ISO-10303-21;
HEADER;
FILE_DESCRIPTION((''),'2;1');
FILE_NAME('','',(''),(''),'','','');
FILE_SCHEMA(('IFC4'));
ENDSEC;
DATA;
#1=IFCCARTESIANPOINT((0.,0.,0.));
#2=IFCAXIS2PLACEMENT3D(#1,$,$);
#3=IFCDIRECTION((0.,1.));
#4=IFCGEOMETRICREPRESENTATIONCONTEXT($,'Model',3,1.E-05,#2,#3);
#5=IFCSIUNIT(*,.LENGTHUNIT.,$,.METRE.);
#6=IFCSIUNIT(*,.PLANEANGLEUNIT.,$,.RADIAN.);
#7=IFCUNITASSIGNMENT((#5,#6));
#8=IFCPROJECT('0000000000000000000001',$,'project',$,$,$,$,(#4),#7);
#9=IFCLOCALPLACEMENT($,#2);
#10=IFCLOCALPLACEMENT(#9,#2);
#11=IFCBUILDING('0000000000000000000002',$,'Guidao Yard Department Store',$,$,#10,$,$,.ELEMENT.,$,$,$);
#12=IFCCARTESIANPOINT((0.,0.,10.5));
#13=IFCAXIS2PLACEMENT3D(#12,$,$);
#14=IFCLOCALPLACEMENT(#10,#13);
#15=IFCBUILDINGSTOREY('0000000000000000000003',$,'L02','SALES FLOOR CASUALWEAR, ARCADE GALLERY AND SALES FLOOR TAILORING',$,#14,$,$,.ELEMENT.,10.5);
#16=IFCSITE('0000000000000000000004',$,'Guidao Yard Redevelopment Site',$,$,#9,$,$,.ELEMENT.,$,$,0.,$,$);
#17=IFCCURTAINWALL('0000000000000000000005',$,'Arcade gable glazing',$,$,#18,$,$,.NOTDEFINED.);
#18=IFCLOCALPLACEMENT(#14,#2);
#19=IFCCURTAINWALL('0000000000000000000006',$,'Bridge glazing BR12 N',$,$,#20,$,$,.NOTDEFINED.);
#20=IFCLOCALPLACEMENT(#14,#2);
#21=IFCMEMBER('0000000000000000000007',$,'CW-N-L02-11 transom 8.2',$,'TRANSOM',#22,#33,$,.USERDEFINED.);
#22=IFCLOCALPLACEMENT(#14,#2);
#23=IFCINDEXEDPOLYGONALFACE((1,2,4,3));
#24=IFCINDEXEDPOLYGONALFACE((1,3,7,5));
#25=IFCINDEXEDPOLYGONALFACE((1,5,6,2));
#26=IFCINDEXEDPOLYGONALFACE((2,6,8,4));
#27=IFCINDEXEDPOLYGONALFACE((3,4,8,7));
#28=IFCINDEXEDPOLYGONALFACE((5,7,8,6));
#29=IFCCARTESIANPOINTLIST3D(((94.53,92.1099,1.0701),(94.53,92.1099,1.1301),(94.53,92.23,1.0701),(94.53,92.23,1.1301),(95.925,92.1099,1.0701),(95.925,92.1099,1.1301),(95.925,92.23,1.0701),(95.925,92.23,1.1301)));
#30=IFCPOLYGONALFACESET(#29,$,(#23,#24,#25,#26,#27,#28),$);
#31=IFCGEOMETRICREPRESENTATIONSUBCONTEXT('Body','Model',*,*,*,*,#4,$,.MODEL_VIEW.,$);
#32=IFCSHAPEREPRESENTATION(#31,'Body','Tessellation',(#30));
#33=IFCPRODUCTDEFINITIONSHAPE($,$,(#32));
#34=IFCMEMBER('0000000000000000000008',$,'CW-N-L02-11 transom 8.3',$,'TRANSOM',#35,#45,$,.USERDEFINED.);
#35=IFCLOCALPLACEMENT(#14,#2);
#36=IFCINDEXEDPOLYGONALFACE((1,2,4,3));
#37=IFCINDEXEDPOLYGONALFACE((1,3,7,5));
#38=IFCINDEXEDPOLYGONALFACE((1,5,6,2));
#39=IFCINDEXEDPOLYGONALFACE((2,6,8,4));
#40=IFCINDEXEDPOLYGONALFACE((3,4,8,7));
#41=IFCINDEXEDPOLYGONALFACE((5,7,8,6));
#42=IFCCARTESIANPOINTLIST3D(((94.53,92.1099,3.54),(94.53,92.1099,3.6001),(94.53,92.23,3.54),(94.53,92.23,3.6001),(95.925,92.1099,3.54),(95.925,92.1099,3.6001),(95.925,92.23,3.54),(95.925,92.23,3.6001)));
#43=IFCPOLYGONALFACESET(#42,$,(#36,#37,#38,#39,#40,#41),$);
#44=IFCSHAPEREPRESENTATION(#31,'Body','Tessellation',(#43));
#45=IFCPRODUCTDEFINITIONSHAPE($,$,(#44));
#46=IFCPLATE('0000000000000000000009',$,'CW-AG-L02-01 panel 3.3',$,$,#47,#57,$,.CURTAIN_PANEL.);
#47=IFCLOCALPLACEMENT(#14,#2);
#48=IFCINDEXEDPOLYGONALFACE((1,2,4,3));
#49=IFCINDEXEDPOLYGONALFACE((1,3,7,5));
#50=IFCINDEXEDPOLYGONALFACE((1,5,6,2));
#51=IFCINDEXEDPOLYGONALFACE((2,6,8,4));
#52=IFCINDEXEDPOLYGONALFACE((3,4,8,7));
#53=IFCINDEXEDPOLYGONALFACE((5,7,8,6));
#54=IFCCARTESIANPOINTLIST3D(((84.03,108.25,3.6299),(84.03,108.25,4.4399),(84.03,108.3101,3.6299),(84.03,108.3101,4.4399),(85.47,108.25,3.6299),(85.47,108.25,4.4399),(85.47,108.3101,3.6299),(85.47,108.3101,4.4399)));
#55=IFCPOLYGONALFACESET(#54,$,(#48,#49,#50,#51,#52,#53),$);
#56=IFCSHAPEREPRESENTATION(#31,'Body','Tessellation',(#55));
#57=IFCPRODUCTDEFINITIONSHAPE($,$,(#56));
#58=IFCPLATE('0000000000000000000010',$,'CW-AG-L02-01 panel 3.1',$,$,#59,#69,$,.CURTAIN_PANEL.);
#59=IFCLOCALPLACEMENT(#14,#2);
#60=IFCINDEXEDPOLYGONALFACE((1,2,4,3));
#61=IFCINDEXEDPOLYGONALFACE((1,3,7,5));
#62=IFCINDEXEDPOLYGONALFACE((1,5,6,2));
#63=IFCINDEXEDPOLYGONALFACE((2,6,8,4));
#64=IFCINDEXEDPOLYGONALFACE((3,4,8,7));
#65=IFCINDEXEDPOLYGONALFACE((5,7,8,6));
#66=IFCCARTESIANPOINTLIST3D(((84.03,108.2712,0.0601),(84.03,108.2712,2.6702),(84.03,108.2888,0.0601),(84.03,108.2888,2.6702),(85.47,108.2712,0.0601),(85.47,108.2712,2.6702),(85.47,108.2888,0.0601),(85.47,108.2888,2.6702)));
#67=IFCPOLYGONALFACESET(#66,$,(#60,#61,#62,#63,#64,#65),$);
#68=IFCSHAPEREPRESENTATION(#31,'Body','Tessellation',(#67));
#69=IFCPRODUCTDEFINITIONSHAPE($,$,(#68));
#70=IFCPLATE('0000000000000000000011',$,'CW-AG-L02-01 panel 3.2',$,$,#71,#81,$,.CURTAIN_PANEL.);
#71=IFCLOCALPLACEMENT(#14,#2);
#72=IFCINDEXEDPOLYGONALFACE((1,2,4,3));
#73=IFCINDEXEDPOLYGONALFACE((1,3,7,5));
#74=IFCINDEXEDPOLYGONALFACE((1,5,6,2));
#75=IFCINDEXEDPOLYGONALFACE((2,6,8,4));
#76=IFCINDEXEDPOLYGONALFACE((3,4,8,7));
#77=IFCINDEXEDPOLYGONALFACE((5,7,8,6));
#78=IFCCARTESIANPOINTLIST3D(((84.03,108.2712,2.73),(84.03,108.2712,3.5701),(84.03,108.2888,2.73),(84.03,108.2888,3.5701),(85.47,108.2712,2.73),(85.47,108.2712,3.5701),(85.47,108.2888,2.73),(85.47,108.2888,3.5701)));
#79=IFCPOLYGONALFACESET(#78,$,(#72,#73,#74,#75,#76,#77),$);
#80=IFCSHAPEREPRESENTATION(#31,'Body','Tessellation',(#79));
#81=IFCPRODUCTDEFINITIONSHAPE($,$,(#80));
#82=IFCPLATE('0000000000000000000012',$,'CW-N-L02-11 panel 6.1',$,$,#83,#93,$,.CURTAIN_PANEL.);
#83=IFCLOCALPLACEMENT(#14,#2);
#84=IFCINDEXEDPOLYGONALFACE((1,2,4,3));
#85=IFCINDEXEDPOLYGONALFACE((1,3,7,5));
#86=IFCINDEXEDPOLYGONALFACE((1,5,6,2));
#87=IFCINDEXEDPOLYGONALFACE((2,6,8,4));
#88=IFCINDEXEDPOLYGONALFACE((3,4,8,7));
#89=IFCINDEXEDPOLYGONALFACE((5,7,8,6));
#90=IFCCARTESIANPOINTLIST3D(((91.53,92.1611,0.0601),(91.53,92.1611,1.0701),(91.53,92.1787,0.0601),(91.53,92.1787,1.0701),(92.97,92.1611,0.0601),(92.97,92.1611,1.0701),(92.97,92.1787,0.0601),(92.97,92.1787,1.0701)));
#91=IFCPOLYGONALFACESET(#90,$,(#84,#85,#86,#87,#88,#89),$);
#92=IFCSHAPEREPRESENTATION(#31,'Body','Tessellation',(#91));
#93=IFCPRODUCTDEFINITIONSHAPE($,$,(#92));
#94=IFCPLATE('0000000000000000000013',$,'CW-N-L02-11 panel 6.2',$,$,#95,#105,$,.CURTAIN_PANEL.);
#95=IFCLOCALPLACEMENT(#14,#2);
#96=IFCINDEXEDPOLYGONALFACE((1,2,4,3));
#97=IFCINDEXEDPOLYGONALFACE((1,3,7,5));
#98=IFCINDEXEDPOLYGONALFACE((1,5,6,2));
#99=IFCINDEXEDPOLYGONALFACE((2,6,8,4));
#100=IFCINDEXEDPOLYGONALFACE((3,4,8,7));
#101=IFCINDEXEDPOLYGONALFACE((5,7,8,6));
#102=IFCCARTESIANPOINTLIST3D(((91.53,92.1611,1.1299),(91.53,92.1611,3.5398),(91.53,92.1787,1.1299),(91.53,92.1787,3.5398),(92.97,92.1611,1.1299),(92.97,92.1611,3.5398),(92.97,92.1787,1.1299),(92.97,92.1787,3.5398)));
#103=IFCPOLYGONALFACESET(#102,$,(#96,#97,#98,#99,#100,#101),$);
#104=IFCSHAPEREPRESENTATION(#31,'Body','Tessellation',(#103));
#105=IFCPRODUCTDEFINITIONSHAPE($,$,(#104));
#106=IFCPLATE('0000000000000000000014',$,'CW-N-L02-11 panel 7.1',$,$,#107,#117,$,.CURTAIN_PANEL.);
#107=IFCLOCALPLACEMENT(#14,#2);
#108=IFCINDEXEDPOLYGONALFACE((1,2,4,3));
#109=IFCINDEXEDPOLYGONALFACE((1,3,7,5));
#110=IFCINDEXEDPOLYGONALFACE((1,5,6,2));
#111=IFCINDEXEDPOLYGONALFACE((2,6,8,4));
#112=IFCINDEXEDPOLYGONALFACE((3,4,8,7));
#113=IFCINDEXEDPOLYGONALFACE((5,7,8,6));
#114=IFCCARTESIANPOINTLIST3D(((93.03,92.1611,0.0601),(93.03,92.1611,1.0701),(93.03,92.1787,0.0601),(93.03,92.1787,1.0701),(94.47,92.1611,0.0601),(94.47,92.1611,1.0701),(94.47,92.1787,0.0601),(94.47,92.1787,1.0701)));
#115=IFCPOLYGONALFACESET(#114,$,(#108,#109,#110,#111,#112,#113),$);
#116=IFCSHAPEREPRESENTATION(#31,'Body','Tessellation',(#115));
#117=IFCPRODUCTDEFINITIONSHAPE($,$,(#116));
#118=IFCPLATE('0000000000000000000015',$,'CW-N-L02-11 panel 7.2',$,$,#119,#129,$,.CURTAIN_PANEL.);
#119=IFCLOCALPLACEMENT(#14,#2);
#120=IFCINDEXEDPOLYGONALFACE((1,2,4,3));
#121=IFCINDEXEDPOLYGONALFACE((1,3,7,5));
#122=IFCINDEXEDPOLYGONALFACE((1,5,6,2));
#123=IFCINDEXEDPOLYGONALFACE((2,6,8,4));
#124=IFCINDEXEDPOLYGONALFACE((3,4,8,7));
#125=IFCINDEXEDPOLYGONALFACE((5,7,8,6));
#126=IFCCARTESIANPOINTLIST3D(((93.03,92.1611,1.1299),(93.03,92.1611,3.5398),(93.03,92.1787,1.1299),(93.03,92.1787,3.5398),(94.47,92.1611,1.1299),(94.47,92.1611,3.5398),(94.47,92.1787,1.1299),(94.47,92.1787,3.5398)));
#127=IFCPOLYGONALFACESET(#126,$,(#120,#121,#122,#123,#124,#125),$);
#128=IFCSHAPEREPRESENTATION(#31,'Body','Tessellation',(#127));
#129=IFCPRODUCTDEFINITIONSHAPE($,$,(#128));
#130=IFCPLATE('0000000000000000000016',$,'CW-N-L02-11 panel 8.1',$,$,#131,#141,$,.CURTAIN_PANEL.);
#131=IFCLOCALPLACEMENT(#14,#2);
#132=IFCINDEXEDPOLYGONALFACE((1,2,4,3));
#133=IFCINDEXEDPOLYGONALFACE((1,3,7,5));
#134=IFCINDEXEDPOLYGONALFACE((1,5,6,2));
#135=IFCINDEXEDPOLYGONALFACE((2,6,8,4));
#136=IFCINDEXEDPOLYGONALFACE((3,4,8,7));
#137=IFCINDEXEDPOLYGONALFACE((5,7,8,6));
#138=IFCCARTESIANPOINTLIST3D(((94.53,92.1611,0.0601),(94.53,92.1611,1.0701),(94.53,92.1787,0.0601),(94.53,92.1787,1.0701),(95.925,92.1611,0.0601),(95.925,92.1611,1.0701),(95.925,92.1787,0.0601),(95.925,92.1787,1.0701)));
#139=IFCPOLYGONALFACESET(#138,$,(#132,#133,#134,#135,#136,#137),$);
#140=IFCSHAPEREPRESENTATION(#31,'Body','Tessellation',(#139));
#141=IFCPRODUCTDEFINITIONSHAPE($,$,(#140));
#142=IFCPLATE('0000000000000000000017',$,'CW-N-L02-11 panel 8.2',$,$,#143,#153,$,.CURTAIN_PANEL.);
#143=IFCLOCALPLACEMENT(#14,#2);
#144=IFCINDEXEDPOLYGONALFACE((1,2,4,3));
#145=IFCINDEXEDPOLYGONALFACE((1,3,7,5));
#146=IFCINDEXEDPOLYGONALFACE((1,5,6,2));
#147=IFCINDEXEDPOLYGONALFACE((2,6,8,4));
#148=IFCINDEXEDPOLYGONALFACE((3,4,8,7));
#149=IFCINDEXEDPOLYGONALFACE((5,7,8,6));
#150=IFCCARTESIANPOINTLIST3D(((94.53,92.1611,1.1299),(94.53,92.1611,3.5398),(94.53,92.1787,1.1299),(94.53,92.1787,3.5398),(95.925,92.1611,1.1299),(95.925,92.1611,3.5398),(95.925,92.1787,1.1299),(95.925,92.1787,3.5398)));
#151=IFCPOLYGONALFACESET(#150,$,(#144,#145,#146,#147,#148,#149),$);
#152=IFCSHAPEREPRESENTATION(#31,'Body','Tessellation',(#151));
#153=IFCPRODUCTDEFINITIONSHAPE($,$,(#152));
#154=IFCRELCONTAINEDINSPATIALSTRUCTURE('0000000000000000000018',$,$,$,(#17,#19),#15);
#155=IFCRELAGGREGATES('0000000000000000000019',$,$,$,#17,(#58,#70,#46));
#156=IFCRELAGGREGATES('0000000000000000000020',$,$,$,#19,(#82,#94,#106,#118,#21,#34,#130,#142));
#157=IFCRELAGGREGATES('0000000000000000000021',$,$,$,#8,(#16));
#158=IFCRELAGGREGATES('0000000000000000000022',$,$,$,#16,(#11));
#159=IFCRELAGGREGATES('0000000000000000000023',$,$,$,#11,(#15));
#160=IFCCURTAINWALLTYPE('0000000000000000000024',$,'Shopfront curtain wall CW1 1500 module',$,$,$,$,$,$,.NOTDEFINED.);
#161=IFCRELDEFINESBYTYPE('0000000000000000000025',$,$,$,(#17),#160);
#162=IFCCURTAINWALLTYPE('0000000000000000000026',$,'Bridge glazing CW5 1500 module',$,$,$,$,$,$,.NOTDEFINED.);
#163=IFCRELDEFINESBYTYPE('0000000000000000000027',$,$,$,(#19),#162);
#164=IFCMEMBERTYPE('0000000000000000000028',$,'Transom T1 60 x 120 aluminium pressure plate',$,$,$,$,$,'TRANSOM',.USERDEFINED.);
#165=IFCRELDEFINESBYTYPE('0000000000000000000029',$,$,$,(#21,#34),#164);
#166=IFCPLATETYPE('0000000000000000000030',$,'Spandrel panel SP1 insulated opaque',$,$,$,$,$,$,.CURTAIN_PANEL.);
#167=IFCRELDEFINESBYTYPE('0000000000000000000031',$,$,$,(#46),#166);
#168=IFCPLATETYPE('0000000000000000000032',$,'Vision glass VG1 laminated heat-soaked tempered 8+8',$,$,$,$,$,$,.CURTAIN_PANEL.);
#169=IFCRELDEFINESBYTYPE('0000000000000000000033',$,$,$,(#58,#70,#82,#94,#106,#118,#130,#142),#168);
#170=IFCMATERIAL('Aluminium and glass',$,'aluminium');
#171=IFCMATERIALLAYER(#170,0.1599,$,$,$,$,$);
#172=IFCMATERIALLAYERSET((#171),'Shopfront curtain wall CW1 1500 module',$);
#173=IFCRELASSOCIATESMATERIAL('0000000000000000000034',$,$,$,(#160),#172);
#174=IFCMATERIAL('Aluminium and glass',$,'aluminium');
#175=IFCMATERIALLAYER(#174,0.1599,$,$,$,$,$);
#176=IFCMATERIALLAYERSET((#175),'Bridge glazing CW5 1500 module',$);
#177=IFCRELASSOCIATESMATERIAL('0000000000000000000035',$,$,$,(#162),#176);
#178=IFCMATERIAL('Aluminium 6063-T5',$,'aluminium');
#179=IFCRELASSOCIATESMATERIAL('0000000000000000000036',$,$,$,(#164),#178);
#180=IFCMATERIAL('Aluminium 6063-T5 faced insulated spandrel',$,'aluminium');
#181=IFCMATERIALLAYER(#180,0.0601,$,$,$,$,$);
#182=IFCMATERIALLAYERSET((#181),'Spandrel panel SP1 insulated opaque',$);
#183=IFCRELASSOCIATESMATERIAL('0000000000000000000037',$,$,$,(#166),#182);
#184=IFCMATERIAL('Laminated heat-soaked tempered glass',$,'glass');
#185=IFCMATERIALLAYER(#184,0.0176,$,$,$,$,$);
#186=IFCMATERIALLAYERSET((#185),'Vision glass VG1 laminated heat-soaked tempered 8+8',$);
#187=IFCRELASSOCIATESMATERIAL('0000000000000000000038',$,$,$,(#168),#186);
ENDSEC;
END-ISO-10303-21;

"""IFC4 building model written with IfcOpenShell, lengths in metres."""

from ifc_helpers import new_model, si_unit, direction, frame, origin, origin_2d, place, context, subcontext, project, spatial, rectangle, extrude, material, layer, layer_set, material_profile, profile_set, type_object, element, aggregate, save


model = new_model("IFC4")

# Units and contexts
model_context = context("Model", 3, precision=1e-05, world=origin(), true_north=direction((0.0, 1.0)))
body_context = subcontext(model_context, "Body", "Model", "MODEL_VIEW")
ifc_project = project(units=[si_unit("LENGTHUNIT", "METRE"), si_unit("PLANEANGLEUNIT", "RADIAN")], contexts=[model_context])

# Site, building, storey
site_placement = place(None, origin())
site = spatial("IfcSite", under=ifc_project, at=site_placement, Name="Guidao Yard Redevelopment Site", CompositionType="ELEMENT", RefElevation=0.0)
building_placement = place(site_placement, origin())
building = spatial("IfcBuilding", under=site, at=building_placement, Name="Guidao Yard Department Store", CompositionType="ELEMENT")
storey_placement = place(building_placement, frame((0.0, 0.0, 10.5)))
storey = spatial("IfcBuildingStorey", under=building, at=storey_placement, Name="L02", Description="SALES FLOOR CASUALWEAR, ARCADE GALLERY AND SALES FLOOR TAILORING", CompositionType="ELEMENT", Elevation=10.5)

# Curtain wall
ifc_material_1 = material(Name="Aluminium and glass", Category="aluminium")
ifc_layer_1 = layer(ifc_material_1, 0.1599)
ifc_layer_set_1 = layer_set([ifc_layer_1], Name="Shopfront curtain wall CW1 1500 module")
curtain_wall_type_1 = type_object("IfcCurtainWallType", Name="Shopfront curtain wall CW1 1500 module", PredefinedType="NOTDEFINED", material=ifc_layer_set_1)
curtain_wall_1_placement = place(storey_placement, origin())
curtain_wall_1 = element("IfcCurtainWall", 1, at=curtain_wall_1_placement, inside=storey, type_object=curtain_wall_type_1, Name="Arcade gable glazing", PredefinedType="NOTDEFINED")

# Curtain wall
ifc_material_2 = material(Name="Aluminium and glass", Category="aluminium")
ifc_layer_2 = layer(ifc_material_2, 0.1599)
ifc_layer_set_2 = layer_set([ifc_layer_2], Name="Bridge glazing CW5 1500 module")
curtain_wall_type_2 = type_object("IfcCurtainWallType", Name="Bridge glazing CW5 1500 module", PredefinedType="NOTDEFINED", material=ifc_layer_set_2)
curtain_wall_2_placement = place(storey_placement, origin())
curtain_wall_2 = element("IfcCurtainWall", 2, at=curtain_wall_2_placement, inside=storey, type_object=curtain_wall_type_2, Name="Bridge glazing BR12 N", PredefinedType="NOTDEFINED")

# Members
ifc_material_3 = material(Name="Aluminium 6063-T5", Category="aluminium")
ifc_material_profile_1 = material_profile(ifc_material_3, rectangle(XDim=0.1201, YDim=0.0601, at=origin_2d()), Name="Transom T1 60 x 120 aluminium pressure plate")
ifc_profile_set_1 = profile_set([ifc_material_profile_1], Name="Aluminium 6063-T5")
member_type_1 = type_object("IfcMemberType", Name="Transom T1 60 x 120 aluminium pressure plate", ElementType="TRANSOM", PredefinedType="USERDEFINED", material=ifc_profile_set_1)
member_1_placement = place(storey_placement, frame((94.53, 92.1699, 1.1001), z_axis=(1.0, 0.0, 0.0), x_axis=(0.0, 1.0, 0.0)))
member_1 = element("IfcMember", 3, at=member_1_placement, type_object=member_type_1, Name="CW-N-L02-11 transom 8.2", ObjectType="TRANSOM", PredefinedType="USERDEFINED", context=body_context, shape_type="SweptSolid", body=[
    extrude(rectangle(XDim=0.1201, YDim=0.0601, at=origin_2d()), origin(), (0.0, 0.0, 1.0), 1.395),
])
member_2_placement = place(storey_placement, frame((94.53, 92.1699, 3.5701), z_axis=(1.0, 0.0, 0.0), x_axis=(0.0, 1.0, 0.0)))
member_2 = element("IfcMember", 4, at=member_2_placement, type_object=member_type_1, Name="CW-N-L02-11 transom 8.3", ObjectType="TRANSOM", PredefinedType="USERDEFINED", context=body_context, shape_type="SweptSolid", body=[
    extrude(rectangle(XDim=0.1201, YDim=0.0601, at=origin_2d()), origin(), (0.0, 0.0, 1.0), 1.395),
])

# Plates
ifc_material_4 = material(Name="Aluminium 6063-T5 faced insulated spandrel", Category="aluminium")
ifc_layer_3 = layer(ifc_material_4, 0.0601)
ifc_layer_set_3 = layer_set([ifc_layer_3], Name="Spandrel panel SP1 insulated opaque")
plate_type_1 = type_object("IfcPlateType", Name="Spandrel panel SP1 insulated opaque", PredefinedType="CURTAIN_PANEL", material=ifc_layer_set_3)
plate_1_placement = place(storey_placement, frame((84.75, 108.28, 3.6299), z_axis=(0.0, 0.0, 1.0), x_axis=(1.0, 0.0, 0.0)))
plate_1 = element("IfcPlate", 5, at=plate_1_placement, type_object=plate_type_1, Name="CW-AG-L02-01 panel 3.3", PredefinedType="CURTAIN_PANEL", context=body_context, shape_type="SweptSolid", body=[
    extrude(rectangle(XDim=1.4399, YDim=0.0601, at=origin_2d()), origin(), (0.0, 0.0, 1.0), 0.8101),
])
ifc_material_5 = material(Name="Laminated heat-soaked tempered glass", Category="glass")
ifc_layer_4 = layer(ifc_material_5, 0.0176)
ifc_layer_set_4 = layer_set([ifc_layer_4], Name="Vision glass VG1 laminated heat-soaked tempered 8+8")
plate_type_2 = type_object("IfcPlateType", Name="Vision glass VG1 laminated heat-soaked tempered 8+8", PredefinedType="CURTAIN_PANEL", material=ifc_layer_set_4)
plate_2_placement = place(storey_placement, frame((84.75, 108.28, 0.0601), z_axis=(0.0, 0.0, 1.0), x_axis=(1.0, 0.0, 0.0)))
plate_2 = element("IfcPlate", 6, at=plate_2_placement, type_object=plate_type_2, Name="CW-AG-L02-01 panel 3.1", PredefinedType="CURTAIN_PANEL", context=body_context, shape_type="SweptSolid", body=[
    extrude(rectangle(XDim=1.4399, YDim=0.0176, at=origin_2d()), origin(), (0.0, 0.0, 1.0), 2.6101),
])
plate_3_placement = place(storey_placement, frame((84.75, 108.28, 2.73), z_axis=(0.0, 0.0, 1.0), x_axis=(1.0, 0.0, 0.0)))
plate_3 = element("IfcPlate", 7, at=plate_3_placement, type_object=plate_type_2, Name="CW-AG-L02-01 panel 3.2", PredefinedType="CURTAIN_PANEL", context=body_context, shape_type="SweptSolid", body=[
    extrude(rectangle(XDim=1.4399, YDim=0.0176, at=origin_2d()), origin(), (0.0, 0.0, 1.0), 0.8401),
])
aggregate(curtain_wall_1, [plate_2, plate_3, plate_1])
plate_4_placement = place(storey_placement, frame((92.25, 92.1699, 0.0601), z_axis=(0.0, 0.0, 1.0), x_axis=(1.0, 0.0, 0.0)))
plate_4 = element("IfcPlate", 8, at=plate_4_placement, type_object=plate_type_2, Name="CW-N-L02-11 panel 6.1", PredefinedType="CURTAIN_PANEL", context=body_context, shape_type="SweptSolid", body=[
    extrude(rectangle(XDim=1.4399, YDim=0.0176, at=origin_2d()), origin(), (0.0, 0.0, 1.0), 1.01),
])
plate_5_placement = place(storey_placement, frame((92.25, 92.1699, 1.1299), z_axis=(0.0, 0.0, 1.0), x_axis=(1.0, 0.0, 0.0)))
plate_5 = element("IfcPlate", 9, at=plate_5_placement, type_object=plate_type_2, Name="CW-N-L02-11 panel 6.2", PredefinedType="CURTAIN_PANEL", context=body_context, shape_type="SweptSolid", body=[
    extrude(rectangle(XDim=1.4399, YDim=0.0176, at=origin_2d()), origin(), (0.0, 0.0, 1.0), 2.4099),
])
plate_6_placement = place(storey_placement, frame((93.75, 92.1699, 0.0601), z_axis=(0.0, 0.0, 1.0), x_axis=(1.0, 0.0, 0.0)))
plate_6 = element("IfcPlate", 10, at=plate_6_placement, type_object=plate_type_2, Name="CW-N-L02-11 panel 7.1", PredefinedType="CURTAIN_PANEL", context=body_context, shape_type="SweptSolid", body=[
    extrude(rectangle(XDim=1.4399, YDim=0.0176, at=origin_2d()), origin(), (0.0, 0.0, 1.0), 1.01),
])
plate_7_placement = place(storey_placement, frame((93.75, 92.1699, 1.1299), z_axis=(0.0, 0.0, 1.0), x_axis=(1.0, 0.0, 0.0)))
plate_7 = element("IfcPlate", 11, at=plate_7_placement, type_object=plate_type_2, Name="CW-N-L02-11 panel 7.2", PredefinedType="CURTAIN_PANEL", context=body_context, shape_type="SweptSolid", body=[
    extrude(rectangle(XDim=1.4399, YDim=0.0176, at=origin_2d()), origin(), (0.0, 0.0, 1.0), 2.4099),
])
plate_8_placement = place(storey_placement, frame((95.2275, 92.1699, 0.0601), z_axis=(0.0, 0.0, 1.0), x_axis=(1.0, 0.0, 0.0)))
plate_8 = element("IfcPlate", 12, at=plate_8_placement, type_object=plate_type_2, Name="CW-N-L02-11 panel 8.1", PredefinedType="CURTAIN_PANEL", context=body_context, shape_type="SweptSolid", body=[
    extrude(rectangle(XDim=1.395, YDim=0.0176, at=origin_2d()), origin(), (0.0, 0.0, 1.0), 1.01),
])
plate_9_placement = place(storey_placement, frame((95.2275, 92.1699, 1.1299), z_axis=(0.0, 0.0, 1.0), x_axis=(1.0, 0.0, 0.0)))
plate_9 = element("IfcPlate", 13, at=plate_9_placement, type_object=plate_type_2, Name="CW-N-L02-11 panel 8.2", PredefinedType="CURTAIN_PANEL", context=body_context, shape_type="SweptSolid", body=[
    extrude(rectangle(XDim=1.395, YDim=0.0176, at=origin_2d()), origin(), (0.0, 0.0, 1.0), 2.4099),
])
aggregate(curtain_wall_2, [plate_4, plate_5, plate_6, plate_7, member_1, member_2, plate_8, plate_9])

save(model, "model.ifc")
